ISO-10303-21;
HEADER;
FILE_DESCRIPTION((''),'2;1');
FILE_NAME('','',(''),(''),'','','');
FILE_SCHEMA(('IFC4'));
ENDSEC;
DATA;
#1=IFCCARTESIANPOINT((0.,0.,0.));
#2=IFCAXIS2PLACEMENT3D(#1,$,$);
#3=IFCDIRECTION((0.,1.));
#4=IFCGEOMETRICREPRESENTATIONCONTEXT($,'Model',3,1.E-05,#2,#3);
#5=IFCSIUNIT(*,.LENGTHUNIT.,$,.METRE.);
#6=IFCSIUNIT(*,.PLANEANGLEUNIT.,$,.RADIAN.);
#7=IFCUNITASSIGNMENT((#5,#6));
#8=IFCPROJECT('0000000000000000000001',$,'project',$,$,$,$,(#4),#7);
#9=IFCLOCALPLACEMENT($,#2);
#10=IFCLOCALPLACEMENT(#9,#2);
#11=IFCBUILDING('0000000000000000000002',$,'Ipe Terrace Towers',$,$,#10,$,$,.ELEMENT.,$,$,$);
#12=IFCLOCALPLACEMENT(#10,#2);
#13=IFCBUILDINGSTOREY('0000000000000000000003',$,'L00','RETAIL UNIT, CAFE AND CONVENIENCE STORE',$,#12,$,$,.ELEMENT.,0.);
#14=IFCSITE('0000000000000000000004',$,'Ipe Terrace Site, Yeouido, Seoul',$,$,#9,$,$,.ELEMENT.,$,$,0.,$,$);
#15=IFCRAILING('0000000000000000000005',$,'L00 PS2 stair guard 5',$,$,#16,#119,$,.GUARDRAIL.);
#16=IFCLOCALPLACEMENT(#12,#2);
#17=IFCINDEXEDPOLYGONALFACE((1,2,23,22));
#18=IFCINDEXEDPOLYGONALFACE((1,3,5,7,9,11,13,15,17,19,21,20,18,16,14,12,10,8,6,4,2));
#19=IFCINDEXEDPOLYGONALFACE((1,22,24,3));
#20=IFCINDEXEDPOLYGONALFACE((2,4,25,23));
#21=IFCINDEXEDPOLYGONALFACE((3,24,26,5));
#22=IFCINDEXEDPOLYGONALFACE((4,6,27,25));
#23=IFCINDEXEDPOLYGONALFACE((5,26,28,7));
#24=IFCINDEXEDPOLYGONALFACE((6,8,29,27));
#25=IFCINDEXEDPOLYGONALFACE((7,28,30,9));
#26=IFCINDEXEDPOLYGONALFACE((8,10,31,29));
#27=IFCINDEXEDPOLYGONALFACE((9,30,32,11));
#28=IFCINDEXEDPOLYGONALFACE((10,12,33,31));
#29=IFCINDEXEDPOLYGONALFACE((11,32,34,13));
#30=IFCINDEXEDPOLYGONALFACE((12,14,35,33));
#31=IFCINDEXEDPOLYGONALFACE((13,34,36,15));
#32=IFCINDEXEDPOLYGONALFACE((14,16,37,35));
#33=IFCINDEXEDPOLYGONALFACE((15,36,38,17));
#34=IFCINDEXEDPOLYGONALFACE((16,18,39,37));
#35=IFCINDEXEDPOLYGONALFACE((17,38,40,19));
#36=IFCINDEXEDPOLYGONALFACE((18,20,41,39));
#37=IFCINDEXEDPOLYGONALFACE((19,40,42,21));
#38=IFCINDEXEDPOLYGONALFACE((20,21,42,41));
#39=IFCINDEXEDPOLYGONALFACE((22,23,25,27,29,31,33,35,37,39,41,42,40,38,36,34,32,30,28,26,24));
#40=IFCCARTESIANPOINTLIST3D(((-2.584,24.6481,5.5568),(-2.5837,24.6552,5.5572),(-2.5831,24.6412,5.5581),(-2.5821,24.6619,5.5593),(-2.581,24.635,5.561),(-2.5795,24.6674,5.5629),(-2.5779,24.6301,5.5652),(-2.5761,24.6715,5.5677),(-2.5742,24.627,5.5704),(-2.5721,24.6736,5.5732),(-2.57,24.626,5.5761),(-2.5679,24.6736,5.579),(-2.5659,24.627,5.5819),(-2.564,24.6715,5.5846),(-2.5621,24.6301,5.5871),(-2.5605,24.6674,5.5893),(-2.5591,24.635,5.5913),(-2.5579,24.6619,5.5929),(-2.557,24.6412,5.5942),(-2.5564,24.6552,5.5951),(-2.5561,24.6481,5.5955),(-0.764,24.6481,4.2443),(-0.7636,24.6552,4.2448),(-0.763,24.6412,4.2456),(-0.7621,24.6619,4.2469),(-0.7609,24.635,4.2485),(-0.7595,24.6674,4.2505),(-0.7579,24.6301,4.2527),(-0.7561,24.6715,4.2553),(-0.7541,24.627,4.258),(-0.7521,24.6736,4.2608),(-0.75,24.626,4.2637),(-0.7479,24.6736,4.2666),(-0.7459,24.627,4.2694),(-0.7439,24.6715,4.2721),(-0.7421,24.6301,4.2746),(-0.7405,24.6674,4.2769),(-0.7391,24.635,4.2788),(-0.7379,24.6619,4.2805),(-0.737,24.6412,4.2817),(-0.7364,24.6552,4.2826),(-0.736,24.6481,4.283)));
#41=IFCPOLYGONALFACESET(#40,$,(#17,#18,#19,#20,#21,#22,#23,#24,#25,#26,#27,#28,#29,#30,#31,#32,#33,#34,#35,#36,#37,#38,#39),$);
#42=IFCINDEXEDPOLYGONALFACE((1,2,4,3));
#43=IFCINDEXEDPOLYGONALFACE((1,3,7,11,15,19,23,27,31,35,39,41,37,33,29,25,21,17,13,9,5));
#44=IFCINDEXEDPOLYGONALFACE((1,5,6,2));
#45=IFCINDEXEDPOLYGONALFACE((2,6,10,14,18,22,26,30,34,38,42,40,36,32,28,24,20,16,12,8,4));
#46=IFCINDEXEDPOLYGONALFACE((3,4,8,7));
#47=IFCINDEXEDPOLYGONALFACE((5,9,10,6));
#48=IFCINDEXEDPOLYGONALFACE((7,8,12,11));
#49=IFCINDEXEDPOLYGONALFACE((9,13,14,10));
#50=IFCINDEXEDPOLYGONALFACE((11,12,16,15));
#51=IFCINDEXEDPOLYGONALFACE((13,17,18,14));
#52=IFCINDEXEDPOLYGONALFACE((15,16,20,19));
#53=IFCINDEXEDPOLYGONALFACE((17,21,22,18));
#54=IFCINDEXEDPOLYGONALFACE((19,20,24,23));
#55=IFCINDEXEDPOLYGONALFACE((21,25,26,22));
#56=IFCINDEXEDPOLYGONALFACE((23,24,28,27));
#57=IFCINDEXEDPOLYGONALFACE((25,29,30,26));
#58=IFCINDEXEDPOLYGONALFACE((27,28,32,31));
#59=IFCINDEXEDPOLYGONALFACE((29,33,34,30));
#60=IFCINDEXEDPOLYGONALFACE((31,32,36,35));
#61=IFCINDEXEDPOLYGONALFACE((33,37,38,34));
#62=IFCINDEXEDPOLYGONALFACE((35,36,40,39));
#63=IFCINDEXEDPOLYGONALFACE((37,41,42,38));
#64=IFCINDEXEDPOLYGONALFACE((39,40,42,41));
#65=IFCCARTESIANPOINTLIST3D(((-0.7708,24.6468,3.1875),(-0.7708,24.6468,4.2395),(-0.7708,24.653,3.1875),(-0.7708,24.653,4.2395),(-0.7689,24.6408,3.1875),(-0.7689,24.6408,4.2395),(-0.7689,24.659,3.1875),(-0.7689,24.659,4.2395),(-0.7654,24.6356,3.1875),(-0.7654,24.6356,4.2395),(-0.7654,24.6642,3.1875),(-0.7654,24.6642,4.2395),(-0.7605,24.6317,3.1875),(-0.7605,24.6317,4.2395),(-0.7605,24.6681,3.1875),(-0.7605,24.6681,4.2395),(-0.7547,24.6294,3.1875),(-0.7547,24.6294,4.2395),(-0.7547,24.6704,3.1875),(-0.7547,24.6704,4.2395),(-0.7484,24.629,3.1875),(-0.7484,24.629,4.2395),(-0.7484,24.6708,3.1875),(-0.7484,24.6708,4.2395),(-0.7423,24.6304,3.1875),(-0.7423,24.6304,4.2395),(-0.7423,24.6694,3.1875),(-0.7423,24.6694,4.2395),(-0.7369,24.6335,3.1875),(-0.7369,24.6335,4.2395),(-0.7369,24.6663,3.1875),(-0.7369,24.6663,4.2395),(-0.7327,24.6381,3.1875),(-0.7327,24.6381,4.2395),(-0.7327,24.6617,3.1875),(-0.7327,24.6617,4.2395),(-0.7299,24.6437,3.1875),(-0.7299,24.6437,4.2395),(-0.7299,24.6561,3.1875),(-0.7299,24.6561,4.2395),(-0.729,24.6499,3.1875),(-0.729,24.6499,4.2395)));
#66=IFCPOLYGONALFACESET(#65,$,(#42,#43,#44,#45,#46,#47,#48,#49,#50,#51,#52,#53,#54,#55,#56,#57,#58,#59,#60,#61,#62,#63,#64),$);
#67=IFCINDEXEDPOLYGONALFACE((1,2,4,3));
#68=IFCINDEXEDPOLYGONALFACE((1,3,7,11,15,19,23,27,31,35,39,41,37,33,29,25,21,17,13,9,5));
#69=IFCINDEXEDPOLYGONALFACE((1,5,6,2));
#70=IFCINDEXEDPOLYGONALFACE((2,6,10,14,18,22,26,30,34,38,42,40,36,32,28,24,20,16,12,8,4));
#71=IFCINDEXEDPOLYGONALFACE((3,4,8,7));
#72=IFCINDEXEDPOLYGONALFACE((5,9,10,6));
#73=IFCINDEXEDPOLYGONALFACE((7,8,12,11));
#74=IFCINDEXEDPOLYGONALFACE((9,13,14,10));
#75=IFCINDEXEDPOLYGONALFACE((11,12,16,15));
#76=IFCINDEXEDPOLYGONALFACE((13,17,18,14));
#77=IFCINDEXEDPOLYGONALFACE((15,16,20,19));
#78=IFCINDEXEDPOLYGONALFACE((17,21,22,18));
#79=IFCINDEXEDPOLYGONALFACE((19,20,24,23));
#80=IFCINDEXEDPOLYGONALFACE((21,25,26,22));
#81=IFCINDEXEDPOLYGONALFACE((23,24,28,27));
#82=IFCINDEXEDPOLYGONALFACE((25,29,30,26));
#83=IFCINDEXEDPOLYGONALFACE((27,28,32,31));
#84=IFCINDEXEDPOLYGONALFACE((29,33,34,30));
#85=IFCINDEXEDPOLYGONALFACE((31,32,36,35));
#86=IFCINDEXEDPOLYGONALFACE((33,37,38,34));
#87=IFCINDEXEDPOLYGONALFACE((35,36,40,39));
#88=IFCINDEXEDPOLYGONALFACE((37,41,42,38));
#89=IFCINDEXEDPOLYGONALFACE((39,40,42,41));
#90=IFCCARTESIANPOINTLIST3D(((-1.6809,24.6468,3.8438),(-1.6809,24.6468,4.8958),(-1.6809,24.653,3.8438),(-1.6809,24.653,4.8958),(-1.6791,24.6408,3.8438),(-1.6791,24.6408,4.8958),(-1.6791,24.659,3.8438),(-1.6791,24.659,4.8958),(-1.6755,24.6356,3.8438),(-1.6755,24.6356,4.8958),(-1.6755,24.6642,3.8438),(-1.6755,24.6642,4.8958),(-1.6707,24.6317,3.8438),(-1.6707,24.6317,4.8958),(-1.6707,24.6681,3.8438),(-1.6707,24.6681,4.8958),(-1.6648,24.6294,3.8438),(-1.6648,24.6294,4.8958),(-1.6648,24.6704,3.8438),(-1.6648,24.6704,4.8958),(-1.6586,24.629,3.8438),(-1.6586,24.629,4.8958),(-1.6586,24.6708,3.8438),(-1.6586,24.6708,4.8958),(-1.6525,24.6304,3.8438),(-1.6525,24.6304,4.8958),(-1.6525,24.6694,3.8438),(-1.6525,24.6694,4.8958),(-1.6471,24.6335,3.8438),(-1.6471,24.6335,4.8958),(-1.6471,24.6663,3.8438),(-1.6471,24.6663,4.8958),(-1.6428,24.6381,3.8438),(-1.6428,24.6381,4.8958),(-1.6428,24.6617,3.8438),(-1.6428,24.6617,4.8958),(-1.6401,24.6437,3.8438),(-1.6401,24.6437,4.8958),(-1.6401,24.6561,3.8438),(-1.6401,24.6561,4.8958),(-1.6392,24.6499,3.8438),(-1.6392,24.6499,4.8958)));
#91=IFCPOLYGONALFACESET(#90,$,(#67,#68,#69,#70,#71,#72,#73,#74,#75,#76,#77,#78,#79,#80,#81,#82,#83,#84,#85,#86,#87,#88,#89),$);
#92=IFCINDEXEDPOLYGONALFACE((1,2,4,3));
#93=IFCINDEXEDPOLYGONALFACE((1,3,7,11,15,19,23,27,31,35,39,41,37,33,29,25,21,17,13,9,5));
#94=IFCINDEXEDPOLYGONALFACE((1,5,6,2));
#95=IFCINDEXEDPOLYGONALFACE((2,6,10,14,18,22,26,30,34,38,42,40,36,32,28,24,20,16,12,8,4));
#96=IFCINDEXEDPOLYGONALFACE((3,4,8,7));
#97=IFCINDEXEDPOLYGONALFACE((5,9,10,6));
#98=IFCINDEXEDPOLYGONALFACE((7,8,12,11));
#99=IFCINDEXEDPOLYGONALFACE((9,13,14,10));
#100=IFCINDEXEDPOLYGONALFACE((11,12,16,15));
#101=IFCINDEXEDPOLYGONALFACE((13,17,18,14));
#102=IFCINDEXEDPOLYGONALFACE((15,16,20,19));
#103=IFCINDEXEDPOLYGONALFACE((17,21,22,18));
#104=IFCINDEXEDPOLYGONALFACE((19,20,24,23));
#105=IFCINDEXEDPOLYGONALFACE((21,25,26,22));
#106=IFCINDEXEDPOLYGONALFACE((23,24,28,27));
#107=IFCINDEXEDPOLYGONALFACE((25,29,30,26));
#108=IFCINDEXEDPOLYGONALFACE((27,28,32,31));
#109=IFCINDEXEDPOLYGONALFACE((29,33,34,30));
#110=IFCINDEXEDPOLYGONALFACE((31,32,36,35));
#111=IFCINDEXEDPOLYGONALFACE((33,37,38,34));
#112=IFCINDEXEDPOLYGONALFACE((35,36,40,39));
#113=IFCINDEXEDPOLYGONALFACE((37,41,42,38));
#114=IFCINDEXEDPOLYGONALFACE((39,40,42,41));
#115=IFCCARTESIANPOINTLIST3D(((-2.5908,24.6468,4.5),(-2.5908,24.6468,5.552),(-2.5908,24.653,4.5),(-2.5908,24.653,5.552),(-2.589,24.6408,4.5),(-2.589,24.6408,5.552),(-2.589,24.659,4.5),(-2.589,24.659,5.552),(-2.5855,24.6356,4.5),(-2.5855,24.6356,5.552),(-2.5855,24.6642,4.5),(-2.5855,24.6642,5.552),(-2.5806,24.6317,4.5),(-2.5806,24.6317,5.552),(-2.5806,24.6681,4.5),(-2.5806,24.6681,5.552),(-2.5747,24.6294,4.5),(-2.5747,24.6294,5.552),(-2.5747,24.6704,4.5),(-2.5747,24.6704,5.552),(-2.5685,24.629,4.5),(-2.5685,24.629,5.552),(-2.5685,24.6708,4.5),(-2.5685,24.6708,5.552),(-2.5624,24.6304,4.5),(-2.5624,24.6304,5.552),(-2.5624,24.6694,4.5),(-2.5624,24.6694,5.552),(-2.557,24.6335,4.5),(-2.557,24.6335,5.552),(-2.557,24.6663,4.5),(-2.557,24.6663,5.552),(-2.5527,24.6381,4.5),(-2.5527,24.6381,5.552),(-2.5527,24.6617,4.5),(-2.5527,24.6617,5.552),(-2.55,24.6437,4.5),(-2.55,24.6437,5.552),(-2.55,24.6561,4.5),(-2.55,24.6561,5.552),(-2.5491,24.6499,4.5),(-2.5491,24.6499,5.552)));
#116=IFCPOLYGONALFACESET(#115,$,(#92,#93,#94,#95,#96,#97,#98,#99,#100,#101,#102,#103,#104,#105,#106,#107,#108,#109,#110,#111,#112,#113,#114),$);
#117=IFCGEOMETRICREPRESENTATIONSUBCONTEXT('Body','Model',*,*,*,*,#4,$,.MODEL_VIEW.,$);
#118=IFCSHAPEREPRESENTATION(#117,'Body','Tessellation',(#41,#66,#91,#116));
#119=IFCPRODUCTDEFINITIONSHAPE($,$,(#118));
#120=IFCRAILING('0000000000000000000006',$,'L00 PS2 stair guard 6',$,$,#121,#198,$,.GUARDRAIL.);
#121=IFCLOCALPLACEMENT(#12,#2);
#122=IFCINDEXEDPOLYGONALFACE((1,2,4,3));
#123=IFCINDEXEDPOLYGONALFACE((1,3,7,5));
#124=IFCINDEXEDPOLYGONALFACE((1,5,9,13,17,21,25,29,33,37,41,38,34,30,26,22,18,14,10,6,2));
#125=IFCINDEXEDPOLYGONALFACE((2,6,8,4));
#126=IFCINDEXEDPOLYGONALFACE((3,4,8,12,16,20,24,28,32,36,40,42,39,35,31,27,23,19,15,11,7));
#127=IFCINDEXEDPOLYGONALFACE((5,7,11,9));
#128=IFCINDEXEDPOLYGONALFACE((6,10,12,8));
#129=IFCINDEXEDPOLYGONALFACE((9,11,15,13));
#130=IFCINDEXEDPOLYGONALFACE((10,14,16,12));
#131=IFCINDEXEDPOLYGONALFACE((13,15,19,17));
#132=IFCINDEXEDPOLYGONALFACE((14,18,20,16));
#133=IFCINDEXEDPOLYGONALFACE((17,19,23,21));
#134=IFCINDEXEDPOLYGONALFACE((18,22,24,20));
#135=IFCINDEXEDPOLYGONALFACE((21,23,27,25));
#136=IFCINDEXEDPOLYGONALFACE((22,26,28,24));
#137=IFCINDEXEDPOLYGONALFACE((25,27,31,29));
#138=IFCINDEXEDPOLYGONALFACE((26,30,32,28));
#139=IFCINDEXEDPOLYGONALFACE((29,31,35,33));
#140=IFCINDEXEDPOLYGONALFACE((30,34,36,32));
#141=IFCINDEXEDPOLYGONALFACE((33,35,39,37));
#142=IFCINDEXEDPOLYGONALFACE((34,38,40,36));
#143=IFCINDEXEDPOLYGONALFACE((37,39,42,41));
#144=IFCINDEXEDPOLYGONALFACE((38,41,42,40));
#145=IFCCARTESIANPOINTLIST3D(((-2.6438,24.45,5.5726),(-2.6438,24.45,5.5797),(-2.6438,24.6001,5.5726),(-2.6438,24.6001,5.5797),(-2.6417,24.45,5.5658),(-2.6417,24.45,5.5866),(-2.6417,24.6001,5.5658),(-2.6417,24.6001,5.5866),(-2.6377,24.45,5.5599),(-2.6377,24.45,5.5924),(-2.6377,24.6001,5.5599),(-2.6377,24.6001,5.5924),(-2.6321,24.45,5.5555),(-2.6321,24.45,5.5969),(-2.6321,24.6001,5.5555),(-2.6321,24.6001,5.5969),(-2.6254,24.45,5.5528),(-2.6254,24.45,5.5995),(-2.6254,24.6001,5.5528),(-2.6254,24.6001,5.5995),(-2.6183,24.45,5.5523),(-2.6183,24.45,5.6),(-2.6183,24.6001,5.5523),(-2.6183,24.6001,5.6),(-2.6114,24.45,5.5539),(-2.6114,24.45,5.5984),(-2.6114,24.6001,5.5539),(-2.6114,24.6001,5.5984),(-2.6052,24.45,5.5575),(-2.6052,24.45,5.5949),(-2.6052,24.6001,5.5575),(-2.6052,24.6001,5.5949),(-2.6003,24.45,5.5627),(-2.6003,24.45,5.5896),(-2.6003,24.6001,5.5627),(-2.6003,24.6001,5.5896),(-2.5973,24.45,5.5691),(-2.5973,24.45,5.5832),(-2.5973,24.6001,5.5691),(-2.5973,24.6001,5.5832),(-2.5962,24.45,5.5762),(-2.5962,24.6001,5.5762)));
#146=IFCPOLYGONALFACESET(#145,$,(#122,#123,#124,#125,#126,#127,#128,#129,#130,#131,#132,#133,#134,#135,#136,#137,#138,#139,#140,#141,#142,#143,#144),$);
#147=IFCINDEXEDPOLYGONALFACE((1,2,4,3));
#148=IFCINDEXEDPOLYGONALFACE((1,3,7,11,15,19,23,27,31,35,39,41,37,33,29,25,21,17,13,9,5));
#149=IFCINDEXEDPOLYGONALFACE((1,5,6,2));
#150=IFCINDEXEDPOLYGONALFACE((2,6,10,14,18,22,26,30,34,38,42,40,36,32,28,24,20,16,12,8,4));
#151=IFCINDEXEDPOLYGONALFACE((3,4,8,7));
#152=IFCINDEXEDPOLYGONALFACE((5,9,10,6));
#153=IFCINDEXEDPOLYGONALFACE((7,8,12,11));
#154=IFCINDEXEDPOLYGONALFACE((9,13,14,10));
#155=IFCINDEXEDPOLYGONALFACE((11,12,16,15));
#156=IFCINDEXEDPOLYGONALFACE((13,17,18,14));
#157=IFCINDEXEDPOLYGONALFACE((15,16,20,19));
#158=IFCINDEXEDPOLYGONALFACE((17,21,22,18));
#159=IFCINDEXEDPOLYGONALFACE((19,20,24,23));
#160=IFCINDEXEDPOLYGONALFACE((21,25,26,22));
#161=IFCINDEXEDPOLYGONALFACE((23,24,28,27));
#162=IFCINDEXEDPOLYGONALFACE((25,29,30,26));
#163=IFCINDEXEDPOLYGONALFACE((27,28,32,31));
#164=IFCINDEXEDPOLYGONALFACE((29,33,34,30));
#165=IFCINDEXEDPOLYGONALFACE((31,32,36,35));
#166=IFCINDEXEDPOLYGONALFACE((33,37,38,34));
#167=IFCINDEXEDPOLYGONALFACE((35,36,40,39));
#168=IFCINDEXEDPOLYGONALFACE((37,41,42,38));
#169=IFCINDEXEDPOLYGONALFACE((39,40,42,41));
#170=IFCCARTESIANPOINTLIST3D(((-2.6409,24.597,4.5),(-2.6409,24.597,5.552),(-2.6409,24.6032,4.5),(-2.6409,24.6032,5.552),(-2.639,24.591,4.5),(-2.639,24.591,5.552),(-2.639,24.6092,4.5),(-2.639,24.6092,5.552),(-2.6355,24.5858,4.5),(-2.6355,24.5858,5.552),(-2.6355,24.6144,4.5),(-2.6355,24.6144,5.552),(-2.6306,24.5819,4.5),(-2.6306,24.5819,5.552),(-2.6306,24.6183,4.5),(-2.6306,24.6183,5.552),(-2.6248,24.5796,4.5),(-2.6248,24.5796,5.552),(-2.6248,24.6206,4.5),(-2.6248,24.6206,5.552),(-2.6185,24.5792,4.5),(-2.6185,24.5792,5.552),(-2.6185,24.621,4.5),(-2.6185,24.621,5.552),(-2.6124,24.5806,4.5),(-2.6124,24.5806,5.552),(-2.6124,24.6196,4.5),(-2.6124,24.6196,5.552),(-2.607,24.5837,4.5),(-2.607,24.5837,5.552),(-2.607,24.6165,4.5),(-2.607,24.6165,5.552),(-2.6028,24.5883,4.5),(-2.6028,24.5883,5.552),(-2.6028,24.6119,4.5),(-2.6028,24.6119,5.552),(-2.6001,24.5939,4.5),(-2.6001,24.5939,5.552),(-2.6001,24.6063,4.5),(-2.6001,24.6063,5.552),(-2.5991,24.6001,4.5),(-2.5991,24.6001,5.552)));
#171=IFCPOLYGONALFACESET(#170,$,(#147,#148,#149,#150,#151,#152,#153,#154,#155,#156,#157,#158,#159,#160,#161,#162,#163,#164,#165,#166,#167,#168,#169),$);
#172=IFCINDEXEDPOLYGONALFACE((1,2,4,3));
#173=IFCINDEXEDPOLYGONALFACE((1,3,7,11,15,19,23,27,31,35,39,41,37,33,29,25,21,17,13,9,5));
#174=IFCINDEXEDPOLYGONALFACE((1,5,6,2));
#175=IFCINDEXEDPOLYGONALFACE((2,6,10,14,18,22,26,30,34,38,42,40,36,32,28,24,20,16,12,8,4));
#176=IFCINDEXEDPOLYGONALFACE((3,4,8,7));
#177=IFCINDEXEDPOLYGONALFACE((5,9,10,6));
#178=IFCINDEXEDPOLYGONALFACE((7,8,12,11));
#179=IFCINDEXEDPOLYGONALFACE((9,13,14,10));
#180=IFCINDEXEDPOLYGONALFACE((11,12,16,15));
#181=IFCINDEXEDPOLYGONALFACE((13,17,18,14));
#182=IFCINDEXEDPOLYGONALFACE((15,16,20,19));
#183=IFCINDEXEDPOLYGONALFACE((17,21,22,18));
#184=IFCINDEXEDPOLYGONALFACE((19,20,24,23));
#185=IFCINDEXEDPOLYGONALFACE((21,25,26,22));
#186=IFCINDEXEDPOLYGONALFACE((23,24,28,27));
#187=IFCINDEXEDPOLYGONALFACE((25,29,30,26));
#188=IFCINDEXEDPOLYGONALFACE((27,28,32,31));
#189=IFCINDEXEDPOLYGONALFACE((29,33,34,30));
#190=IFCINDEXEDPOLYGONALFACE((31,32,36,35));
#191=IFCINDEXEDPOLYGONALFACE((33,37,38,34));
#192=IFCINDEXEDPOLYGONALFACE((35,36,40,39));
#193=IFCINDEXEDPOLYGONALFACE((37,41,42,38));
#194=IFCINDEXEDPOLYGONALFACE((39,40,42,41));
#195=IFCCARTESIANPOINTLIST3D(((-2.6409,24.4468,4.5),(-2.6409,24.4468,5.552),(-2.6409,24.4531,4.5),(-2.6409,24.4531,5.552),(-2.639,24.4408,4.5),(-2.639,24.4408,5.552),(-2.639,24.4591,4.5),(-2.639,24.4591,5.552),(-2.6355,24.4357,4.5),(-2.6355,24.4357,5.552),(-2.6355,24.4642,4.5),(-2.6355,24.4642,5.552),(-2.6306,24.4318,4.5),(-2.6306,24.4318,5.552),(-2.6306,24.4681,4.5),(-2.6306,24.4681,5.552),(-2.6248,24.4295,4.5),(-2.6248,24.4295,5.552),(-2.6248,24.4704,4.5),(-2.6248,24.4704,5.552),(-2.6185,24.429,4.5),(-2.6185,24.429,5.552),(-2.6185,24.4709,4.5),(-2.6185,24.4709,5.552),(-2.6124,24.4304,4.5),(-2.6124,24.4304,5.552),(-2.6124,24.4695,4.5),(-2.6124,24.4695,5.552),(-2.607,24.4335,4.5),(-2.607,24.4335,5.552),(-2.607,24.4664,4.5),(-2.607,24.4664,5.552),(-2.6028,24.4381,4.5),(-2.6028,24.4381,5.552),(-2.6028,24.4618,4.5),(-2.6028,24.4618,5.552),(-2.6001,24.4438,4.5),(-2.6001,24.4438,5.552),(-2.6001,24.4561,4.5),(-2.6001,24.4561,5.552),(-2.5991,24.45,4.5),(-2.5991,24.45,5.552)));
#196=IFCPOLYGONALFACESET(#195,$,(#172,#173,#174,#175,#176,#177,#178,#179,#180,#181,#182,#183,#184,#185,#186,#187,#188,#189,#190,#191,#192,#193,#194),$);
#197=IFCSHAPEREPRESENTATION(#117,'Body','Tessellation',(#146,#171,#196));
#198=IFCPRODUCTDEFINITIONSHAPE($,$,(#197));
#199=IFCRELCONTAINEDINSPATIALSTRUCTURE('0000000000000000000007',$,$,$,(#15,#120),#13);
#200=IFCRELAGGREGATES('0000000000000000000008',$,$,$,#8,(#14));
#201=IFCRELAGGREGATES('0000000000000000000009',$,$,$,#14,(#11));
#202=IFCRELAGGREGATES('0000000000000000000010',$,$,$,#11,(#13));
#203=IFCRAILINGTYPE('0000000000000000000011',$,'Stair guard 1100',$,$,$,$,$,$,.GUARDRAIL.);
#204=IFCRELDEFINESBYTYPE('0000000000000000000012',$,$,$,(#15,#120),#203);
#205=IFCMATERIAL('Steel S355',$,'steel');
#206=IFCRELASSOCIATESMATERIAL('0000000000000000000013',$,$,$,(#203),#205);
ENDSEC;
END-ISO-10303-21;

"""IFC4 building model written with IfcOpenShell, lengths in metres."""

from ifc_helpers import new_model, si_unit, direction, frame, origin, origin_2d, place, context, subcontext, project, spatial, circle, extrude, material, type_object, element, save


model = new_model("IFC4")

# Units and contexts
model_context = context("Model", 3, precision=1e-05, world=origin(), true_north=direction((0.0, 1.0)))
body_context = subcontext(model_context, "Body", "Model", "MODEL_VIEW")
ifc_project = project(units=[si_unit("LENGTHUNIT", "METRE"), si_unit("PLANEANGLEUNIT", "RADIAN")], contexts=[model_context])

# Site, building, storey
site_placement = place(None, origin())
site = spatial("IfcSite", under=ifc_project, at=site_placement, Name="Ipe Terrace Site, Yeouido, Seoul", CompositionType="ELEMENT", RefElevation=0.0)
building_placement = place(site_placement, origin())
building = spatial("IfcBuilding", under=site, at=building_placement, Name="Ipe Terrace Towers", CompositionType="ELEMENT")
storey_placement = place(building_placement, origin())
storey = spatial("IfcBuildingStorey", under=building, at=storey_placement, Name="L00", Description="RETAIL UNIT, CAFE AND CONVENIENCE STORE", CompositionType="ELEMENT", Elevation=0.0)

# Railings
ifc_material_1 = material(Name="Steel S355", Category="steel")
railing_type_1 = type_object("IfcRailingType", Name="Stair guard 1100", PredefinedType="GUARDRAIL", material=ifc_material_1)
railing_1_placement = place(storey_placement, frame((-0.75, 24.6499, 3.1875)))
element("IfcRailing", 1, at=railing_1_placement, inside=storey, type_object=railing_type_1, Name="L00 PS2 stair guard 5", PredefinedType="GUARDRAIL", context=body_context, shape_type="SweptSolid", body=[
    extrude(circle(Radius=0.0239, at=origin_2d()), frame((0.0, 0.0, 1.0762), z_axis=(-0.811101, 0.0, 0.584906), x_axis=(0.0, -1.0, 0.0)), (0.0, 0.0, 1.0), 2.2439),
    extrude(circle(Radius=0.021, at=origin_2d()), origin(), (0.0, 0.0, 1.0), 1.052),
    extrude(circle(Radius=0.021, at=origin_2d()), frame((-0.9102, 0.0, 0.6562)), (0.0, 0.0, 1.0), 1.052),
    extrude(circle(Radius=0.021, at=origin_2d()), frame((-1.8201, 0.0, 1.3125)), (0.0, 0.0, 1.0), 1.052),
])
railing_2_placement = place(storey_placement, frame((-2.6201, 24.6001, 4.5)))
element("IfcRailing", 2, at=railing_2_placement, inside=storey, type_object=railing_type_1, Name="L00 PS2 stair guard 6", PredefinedType="GUARDRAIL", context=body_context, shape_type="SweptSolid", body=[
    extrude(circle(Radius=0.0239, at=origin_2d()), frame((0.0, 0.0, 1.0762), z_axis=(0.0, -1.0, 0.0), x_axis=(1.0, 0.0, 0.0)), (0.0, 0.0, 1.0), 0.1501),
    extrude(circle(Radius=0.021, at=origin_2d()), origin(), (0.0, 0.0, 1.0), 1.052),
    extrude(circle(Radius=0.021, at=origin_2d()), frame((0.0, -0.1501, 0.0)), (0.0, 0.0, 1.0), 1.052),
])

save(model, "model.ifc")
